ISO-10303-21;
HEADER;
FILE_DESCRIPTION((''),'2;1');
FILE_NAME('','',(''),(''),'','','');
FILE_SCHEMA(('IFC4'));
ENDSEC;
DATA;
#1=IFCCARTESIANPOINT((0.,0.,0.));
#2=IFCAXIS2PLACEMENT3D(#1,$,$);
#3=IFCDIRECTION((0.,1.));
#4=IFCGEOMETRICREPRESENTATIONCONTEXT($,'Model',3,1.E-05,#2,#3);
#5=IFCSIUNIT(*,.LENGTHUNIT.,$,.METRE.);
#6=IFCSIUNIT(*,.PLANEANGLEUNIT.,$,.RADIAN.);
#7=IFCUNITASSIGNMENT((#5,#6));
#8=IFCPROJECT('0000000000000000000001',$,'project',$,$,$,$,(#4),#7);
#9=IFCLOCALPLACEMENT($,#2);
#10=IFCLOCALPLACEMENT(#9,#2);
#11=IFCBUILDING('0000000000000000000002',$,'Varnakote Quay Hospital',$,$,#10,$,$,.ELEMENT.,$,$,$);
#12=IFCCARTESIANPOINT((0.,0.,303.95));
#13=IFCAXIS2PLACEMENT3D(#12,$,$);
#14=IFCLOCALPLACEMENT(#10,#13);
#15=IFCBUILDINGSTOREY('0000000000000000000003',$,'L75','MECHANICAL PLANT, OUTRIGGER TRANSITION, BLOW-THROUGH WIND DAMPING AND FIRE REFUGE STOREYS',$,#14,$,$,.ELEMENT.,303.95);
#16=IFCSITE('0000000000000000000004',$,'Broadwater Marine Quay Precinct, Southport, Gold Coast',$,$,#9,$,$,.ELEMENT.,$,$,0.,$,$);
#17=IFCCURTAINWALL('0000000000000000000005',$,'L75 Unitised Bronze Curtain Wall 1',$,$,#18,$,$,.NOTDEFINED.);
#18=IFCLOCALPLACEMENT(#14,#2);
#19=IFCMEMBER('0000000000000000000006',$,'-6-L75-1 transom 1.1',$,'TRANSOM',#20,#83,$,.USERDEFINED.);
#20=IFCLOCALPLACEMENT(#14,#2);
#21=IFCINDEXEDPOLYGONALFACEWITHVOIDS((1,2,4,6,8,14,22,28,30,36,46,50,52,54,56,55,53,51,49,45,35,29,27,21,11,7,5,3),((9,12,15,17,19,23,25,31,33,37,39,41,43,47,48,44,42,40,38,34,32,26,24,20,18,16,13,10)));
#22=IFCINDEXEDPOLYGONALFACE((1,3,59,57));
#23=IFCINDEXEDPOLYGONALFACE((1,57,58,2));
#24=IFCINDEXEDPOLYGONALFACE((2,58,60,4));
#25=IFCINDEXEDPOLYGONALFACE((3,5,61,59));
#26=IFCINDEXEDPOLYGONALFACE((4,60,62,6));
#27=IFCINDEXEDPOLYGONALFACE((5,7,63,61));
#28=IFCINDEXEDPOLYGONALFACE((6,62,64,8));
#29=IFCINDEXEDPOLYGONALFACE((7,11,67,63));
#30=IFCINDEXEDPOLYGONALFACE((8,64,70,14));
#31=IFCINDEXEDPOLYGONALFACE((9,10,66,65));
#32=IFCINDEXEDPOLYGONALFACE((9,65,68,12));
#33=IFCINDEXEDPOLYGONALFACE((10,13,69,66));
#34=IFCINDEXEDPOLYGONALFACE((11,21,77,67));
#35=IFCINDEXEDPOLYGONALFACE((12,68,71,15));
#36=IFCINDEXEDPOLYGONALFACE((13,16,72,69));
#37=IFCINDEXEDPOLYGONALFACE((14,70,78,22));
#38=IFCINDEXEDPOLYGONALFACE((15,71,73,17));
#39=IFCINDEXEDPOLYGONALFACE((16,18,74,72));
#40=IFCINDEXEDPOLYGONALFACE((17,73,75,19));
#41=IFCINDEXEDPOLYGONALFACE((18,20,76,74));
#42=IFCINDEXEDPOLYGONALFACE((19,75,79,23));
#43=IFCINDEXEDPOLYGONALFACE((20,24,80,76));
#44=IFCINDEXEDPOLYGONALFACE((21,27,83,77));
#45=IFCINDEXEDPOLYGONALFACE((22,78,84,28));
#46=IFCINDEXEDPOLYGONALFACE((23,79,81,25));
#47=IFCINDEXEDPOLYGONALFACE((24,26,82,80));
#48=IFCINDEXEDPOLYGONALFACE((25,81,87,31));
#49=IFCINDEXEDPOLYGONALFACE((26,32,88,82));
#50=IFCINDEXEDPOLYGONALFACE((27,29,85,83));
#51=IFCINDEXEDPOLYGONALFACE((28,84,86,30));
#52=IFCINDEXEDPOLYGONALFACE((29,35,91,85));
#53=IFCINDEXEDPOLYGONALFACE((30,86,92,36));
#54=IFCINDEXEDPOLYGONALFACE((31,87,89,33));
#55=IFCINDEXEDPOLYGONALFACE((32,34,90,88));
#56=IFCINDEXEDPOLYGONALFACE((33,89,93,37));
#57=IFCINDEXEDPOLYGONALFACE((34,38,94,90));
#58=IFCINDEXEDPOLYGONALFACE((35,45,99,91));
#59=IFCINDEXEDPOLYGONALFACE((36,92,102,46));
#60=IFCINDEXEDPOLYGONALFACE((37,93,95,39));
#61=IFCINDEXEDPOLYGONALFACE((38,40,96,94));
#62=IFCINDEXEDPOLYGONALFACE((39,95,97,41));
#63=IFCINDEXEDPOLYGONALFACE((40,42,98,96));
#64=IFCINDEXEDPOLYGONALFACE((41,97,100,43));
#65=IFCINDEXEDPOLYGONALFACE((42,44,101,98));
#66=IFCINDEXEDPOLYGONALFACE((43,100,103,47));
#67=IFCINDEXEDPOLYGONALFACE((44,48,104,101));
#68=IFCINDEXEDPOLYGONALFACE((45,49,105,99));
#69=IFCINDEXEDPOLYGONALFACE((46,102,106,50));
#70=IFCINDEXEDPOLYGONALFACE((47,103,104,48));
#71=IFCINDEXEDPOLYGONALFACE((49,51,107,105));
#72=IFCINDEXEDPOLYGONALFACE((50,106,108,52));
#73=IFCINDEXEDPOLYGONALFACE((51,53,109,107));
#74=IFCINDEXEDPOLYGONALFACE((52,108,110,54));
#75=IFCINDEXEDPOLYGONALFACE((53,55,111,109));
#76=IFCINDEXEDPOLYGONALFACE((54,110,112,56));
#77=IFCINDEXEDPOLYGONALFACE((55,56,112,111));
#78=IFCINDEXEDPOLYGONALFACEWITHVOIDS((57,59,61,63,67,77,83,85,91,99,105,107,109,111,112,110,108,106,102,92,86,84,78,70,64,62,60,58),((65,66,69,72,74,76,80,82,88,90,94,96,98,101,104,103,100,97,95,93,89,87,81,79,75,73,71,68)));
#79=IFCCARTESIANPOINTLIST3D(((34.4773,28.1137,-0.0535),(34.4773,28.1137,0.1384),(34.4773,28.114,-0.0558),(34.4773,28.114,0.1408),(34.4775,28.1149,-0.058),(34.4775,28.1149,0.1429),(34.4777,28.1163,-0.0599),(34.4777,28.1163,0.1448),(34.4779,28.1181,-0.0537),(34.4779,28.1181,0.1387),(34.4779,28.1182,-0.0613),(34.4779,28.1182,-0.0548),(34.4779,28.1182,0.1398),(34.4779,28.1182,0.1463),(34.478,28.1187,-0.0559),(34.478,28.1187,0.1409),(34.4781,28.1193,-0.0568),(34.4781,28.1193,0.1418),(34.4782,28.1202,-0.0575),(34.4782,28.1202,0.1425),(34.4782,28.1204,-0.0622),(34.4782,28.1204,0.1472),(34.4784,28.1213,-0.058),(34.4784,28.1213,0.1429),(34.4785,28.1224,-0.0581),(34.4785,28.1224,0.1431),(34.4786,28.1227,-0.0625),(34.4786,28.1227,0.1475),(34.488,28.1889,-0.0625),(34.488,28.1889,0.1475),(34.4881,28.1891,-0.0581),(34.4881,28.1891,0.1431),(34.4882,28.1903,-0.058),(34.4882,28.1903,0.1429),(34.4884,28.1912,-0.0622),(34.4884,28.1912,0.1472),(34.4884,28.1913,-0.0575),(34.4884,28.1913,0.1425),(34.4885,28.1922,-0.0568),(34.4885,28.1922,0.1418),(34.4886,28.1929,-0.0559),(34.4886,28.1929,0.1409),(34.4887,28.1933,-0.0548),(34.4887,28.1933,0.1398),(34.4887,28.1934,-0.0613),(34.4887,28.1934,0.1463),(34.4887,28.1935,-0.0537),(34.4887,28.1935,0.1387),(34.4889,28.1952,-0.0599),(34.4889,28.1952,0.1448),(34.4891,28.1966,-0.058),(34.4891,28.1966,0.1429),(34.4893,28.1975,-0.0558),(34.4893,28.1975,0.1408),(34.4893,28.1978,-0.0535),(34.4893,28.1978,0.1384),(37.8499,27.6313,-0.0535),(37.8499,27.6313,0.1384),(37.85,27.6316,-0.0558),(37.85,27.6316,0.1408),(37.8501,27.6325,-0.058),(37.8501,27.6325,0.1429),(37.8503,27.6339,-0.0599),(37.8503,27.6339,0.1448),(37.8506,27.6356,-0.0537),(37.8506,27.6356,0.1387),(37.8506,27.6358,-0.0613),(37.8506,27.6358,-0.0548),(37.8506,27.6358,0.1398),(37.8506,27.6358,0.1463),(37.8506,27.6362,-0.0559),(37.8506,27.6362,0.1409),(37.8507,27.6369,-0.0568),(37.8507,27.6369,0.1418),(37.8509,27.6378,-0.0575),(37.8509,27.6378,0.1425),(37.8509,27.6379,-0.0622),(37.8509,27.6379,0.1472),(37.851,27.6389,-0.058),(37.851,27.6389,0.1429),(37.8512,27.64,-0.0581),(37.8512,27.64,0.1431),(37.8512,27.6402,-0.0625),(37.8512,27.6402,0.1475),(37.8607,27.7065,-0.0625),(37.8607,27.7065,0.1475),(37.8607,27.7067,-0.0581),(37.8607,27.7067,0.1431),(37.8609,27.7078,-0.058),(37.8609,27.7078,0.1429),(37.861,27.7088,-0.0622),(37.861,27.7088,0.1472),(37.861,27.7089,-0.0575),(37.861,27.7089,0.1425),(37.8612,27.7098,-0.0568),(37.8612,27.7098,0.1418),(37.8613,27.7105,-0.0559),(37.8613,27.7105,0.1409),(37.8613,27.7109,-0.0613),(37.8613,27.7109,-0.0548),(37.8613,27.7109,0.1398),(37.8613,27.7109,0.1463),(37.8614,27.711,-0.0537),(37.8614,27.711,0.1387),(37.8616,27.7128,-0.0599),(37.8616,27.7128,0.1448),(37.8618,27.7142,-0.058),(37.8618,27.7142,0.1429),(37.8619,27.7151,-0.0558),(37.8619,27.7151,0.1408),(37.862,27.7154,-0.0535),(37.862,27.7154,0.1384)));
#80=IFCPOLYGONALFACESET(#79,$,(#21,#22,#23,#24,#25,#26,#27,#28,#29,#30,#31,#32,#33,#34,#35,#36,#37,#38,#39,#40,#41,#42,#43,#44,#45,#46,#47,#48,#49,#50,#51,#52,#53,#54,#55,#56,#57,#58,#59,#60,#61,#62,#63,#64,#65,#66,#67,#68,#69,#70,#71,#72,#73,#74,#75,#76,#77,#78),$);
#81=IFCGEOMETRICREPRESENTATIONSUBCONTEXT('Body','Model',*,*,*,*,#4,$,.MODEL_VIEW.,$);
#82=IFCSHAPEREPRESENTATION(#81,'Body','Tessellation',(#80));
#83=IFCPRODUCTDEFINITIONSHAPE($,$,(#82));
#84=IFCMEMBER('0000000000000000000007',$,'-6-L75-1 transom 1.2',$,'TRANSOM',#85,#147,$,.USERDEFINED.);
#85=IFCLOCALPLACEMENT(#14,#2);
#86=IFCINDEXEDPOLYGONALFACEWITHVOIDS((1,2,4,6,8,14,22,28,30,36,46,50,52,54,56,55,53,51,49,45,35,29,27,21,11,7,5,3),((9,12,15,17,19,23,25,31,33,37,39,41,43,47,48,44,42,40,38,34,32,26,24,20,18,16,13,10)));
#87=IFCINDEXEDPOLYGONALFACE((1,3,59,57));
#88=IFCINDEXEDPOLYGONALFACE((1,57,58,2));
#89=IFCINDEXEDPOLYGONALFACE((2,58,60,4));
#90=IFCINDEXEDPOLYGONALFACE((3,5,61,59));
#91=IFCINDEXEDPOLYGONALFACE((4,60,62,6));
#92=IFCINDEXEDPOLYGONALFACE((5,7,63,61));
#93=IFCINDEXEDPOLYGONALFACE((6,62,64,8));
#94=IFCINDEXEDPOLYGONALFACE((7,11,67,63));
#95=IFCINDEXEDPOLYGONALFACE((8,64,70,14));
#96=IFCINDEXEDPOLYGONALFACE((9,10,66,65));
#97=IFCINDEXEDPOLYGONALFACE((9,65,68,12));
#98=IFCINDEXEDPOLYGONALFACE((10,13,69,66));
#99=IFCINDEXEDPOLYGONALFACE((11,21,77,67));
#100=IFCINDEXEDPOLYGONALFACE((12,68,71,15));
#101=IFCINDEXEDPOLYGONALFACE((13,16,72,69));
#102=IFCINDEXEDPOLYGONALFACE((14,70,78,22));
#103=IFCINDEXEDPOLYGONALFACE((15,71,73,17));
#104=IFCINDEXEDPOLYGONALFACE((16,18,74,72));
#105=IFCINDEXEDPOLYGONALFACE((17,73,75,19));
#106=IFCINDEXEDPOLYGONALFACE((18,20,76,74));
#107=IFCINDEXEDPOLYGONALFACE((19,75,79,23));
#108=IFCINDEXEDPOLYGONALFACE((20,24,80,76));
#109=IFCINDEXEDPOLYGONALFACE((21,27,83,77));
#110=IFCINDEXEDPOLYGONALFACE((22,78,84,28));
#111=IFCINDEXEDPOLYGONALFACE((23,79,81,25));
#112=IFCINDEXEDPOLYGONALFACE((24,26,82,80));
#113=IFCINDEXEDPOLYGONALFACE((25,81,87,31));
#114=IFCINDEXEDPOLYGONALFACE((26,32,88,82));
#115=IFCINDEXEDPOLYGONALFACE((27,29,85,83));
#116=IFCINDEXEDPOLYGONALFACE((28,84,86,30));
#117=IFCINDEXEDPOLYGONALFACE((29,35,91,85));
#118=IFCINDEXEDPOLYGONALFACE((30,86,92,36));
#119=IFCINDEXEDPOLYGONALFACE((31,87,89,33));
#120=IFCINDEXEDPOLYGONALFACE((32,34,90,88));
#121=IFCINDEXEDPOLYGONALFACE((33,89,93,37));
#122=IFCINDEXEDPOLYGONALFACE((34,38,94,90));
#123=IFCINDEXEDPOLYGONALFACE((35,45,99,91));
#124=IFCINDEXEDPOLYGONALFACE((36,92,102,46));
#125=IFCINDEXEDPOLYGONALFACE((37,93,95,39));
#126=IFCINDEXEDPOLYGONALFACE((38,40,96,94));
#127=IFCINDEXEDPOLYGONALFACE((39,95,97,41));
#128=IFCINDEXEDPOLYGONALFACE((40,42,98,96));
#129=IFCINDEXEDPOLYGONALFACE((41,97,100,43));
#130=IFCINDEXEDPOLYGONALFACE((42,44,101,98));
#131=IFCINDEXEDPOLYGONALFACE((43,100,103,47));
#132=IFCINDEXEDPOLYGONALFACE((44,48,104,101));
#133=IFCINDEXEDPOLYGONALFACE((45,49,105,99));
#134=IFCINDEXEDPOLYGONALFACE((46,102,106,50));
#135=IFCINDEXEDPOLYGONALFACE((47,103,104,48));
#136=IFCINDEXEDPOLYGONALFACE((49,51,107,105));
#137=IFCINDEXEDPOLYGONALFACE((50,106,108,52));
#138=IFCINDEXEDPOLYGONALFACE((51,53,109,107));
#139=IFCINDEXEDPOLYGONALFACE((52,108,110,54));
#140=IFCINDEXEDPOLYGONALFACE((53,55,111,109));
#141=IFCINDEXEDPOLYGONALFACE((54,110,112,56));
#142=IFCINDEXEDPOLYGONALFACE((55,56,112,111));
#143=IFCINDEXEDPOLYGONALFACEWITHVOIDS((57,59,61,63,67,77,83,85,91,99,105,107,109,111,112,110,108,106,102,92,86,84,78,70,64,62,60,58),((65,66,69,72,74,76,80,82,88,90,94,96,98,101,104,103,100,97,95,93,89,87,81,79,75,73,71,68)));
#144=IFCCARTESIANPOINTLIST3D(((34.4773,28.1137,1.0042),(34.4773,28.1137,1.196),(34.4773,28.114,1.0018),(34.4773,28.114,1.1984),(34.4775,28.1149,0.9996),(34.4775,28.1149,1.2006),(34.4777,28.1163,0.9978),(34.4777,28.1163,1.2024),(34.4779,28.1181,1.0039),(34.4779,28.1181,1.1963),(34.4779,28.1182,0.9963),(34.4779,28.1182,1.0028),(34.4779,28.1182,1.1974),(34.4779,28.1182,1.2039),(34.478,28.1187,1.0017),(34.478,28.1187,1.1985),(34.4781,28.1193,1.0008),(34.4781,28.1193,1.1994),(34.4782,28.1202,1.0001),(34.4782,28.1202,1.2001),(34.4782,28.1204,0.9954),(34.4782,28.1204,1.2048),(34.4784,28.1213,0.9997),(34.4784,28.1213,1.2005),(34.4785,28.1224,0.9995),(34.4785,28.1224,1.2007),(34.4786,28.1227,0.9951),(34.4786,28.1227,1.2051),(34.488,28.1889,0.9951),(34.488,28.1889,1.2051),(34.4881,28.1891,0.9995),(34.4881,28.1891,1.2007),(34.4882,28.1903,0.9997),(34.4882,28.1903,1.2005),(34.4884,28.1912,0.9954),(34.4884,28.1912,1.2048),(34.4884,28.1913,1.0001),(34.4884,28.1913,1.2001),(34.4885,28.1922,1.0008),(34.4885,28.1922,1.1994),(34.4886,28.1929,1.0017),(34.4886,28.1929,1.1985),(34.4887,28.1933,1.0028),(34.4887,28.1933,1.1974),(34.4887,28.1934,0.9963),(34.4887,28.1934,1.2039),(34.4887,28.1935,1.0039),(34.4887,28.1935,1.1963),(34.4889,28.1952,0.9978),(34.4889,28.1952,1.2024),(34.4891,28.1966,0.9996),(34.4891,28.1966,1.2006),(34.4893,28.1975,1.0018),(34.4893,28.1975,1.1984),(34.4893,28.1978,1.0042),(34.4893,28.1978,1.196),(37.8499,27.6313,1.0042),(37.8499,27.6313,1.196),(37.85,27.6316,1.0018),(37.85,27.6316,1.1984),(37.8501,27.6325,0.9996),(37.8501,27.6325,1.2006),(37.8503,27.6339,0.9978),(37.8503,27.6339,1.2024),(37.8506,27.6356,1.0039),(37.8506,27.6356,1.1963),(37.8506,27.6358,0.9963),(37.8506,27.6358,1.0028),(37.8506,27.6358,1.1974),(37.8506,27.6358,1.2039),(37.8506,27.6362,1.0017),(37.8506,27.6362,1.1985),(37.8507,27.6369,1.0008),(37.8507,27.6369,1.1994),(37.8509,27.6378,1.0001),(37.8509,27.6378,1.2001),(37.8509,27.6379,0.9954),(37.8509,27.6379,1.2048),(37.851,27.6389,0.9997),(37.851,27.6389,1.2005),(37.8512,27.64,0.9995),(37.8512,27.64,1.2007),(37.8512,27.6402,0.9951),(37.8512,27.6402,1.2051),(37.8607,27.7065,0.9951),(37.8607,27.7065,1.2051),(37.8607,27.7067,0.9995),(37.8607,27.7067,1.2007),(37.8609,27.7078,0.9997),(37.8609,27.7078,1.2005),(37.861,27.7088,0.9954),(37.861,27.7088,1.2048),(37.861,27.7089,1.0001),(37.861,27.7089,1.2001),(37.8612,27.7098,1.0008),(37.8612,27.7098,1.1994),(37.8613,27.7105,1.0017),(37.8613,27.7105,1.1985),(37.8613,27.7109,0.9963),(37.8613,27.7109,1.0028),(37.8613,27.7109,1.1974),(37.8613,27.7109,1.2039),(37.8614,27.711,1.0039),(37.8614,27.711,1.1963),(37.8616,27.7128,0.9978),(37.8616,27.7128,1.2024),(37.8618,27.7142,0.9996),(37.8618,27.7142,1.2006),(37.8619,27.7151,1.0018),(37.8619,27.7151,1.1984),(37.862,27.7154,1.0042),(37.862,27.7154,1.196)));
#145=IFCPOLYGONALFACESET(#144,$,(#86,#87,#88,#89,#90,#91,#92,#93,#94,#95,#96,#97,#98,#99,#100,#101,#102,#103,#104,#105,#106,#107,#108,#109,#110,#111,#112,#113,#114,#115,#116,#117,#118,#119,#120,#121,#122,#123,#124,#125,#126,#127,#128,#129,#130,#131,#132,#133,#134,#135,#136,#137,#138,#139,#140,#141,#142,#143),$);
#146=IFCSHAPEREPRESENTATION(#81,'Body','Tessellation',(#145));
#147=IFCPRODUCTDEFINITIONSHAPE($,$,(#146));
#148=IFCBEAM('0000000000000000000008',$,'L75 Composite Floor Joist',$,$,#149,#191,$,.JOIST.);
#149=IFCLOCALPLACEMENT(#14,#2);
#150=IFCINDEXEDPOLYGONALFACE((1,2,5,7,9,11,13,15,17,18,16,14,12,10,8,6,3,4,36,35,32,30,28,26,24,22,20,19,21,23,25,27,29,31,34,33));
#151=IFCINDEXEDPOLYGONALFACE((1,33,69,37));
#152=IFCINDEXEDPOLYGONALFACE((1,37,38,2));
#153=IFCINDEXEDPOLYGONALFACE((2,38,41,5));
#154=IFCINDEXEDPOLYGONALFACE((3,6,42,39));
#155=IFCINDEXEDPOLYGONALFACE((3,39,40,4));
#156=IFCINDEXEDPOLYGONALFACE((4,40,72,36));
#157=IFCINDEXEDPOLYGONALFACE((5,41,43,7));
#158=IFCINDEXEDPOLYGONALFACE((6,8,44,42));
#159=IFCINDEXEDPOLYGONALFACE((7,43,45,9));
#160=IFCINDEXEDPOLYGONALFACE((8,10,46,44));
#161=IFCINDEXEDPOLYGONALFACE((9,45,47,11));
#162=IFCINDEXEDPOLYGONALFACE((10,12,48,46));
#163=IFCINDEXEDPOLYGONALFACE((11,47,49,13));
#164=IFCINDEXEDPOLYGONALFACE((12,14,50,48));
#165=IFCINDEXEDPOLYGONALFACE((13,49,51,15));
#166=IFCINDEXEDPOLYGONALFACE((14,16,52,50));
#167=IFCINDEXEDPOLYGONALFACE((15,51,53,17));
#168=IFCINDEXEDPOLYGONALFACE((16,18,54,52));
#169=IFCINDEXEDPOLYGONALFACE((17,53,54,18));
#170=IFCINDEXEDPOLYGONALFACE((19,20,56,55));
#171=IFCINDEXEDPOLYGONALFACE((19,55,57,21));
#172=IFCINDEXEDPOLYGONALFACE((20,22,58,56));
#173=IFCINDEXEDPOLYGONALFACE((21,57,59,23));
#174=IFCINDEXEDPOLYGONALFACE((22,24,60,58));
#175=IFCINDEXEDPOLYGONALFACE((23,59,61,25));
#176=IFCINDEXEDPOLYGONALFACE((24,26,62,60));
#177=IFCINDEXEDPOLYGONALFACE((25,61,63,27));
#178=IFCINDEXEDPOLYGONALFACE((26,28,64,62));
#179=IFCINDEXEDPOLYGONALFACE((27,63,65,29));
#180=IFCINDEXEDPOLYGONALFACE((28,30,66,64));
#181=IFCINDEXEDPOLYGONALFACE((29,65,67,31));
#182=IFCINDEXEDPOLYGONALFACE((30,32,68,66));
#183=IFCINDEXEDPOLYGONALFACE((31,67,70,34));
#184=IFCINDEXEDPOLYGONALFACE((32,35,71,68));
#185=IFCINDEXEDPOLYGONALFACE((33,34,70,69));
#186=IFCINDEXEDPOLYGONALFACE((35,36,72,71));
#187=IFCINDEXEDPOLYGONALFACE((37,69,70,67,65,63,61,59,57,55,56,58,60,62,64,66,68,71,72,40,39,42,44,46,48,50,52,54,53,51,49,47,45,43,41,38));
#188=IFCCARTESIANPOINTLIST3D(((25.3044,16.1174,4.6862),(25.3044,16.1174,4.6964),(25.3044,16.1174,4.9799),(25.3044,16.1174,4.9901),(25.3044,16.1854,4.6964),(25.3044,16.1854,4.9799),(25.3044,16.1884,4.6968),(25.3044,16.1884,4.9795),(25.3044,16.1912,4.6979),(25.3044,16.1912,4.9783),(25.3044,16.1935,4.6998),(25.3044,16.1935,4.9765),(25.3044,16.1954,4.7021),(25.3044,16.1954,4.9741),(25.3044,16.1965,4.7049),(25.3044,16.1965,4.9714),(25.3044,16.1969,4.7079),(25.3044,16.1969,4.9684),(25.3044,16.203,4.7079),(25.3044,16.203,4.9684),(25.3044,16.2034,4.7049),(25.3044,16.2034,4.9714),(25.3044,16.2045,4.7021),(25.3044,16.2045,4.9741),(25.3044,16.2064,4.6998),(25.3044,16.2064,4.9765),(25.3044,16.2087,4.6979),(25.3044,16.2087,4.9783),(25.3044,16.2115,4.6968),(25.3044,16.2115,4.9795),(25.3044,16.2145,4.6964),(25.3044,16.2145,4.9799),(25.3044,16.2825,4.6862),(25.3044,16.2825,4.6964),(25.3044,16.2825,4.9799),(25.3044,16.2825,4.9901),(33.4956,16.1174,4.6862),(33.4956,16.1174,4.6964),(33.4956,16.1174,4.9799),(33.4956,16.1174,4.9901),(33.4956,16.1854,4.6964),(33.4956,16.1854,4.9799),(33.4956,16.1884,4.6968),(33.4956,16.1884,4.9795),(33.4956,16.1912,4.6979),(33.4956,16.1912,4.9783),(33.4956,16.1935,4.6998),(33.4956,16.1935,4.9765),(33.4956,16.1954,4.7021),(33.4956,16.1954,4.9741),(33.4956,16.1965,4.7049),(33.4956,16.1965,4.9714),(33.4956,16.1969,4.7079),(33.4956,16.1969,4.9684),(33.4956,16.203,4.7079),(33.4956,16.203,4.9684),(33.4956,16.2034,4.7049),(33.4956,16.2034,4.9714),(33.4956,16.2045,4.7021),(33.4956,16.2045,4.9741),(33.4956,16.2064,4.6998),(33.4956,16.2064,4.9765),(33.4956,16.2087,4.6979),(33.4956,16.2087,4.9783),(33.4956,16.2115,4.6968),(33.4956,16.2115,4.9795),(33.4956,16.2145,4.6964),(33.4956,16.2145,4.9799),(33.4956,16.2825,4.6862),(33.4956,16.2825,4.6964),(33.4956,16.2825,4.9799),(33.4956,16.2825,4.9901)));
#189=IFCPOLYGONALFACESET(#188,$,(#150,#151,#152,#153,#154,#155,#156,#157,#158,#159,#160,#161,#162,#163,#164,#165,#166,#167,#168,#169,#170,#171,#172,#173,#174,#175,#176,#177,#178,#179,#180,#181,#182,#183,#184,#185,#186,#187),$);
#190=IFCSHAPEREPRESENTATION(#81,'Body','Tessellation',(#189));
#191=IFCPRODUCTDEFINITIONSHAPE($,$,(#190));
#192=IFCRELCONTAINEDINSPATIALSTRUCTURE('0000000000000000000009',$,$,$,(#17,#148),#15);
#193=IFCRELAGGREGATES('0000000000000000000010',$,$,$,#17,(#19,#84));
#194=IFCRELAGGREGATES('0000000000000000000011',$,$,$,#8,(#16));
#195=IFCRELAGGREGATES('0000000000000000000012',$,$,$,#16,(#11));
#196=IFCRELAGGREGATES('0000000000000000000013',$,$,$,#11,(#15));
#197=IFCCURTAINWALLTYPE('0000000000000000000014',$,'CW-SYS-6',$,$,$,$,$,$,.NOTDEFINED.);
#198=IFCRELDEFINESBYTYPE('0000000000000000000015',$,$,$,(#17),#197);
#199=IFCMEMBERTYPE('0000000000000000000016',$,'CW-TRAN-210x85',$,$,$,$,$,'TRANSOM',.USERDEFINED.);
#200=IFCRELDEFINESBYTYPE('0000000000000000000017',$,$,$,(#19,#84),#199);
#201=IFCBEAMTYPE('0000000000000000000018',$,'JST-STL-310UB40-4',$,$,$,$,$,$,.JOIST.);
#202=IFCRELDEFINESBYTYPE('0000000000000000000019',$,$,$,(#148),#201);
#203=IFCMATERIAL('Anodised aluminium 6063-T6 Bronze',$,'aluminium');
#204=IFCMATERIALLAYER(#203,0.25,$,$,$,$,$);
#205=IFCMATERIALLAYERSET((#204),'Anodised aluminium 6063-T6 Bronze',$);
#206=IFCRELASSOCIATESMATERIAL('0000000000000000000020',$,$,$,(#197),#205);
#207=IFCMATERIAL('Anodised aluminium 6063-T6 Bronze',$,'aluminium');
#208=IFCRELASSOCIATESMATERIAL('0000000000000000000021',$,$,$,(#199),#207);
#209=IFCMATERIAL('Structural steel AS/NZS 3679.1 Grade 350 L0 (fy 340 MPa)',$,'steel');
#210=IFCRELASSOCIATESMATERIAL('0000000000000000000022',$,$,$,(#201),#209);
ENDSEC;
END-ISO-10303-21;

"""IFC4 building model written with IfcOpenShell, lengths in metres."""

from ifc_helpers import new_model, si_unit, direction, frame, origin, origin_2d, place, context, subcontext, project, spatial, hollow_rectangle, i_section, extrude, material, layer, layer_set, material_profile, profile_set, type_object, element, aggregate, save


model = new_model("IFC4")

# Units and contexts
model_context = context("Model", 3, precision=1e-05, world=origin(), true_north=direction((0.0, 1.0)))
body_context = subcontext(model_context, "Body", "Model", "MODEL_VIEW")
ifc_project = project(units=[si_unit("LENGTHUNIT", "METRE"), si_unit("PLANEANGLEUNIT", "RADIAN")], contexts=[model_context])

# Site, building, storey
site_placement = place(None, origin())
site = spatial("IfcSite", under=ifc_project, at=site_placement, Name="Broadwater Marine Quay Precinct, Southport, Gold Coast", CompositionType="ELEMENT", RefElevation=0.0)
building_placement = place(site_placement, origin())
building = spatial("IfcBuilding", under=site, at=building_placement, Name="Varnakote Quay Hospital", CompositionType="ELEMENT")
storey_placement = place(building_placement, frame((0.0, 0.0, 303.95)))
storey = spatial("IfcBuildingStorey", under=building, at=storey_placement, Name="L75", Description="MECHANICAL PLANT, OUTRIGGER TRANSITION, BLOW-THROUGH WIND DAMPING AND FIRE REFUGE STOREYS", CompositionType="ELEMENT", Elevation=303.95)

# Curtain wall, members
ifc_material_1 = material(Name="Anodised aluminium 6063-T6 Bronze", Category="aluminium")
ifc_layer_1 = layer(ifc_material_1, 0.25)
ifc_layer_set_1 = layer_set([ifc_layer_1], Name="Anodised aluminium 6063-T6 Bronze")
curtain_wall_type = type_object("IfcCurtainWallType", Name="CW-SYS-6", PredefinedType="NOTDEFINED", material=ifc_layer_set_1)
curtain_wall_placement = place(storey_placement, origin())
curtain_wall = element("IfcCurtainWall", 1, at=curtain_wall_placement, inside=storey, type_object=curtain_wall_type, Name="L75 Unitised Bronze Curtain Wall 1", PredefinedType="NOTDEFINED")
ifc_material_2 = material(Name="Anodised aluminium 6063-T6 Bronze", Category="aluminium")
ifc_material_profile_1 = material_profile(ifc_material_2, hollow_rectangle(XDim=0.085, YDim=0.21, WallThickness=0.0044, InnerFilletRadius=0.0044, OuterFilletRadius=0.009, at=origin_2d()), Name="CW-TRAN-210x85")
ifc_profile_set_1 = profile_set([ifc_material_profile_1], Name="Anodised aluminium 6063-T6 Bronze")
member_type_1 = type_object("IfcMemberType", Name="CW-TRAN-210x85", ElementType="TRANSOM", PredefinedType="USERDEFINED", material=ifc_profile_set_1)
member_1_placement = place(storey_placement, frame((37.856, 27.6733, 0.0425), z_axis=(-0.989924, 0.141602, 0.0), x_axis=(-0.141602, -0.989924, 0.0)))
member_1 = element("IfcMember", 2, at=member_1_placement, type_object=member_type_1, Name="-6-L75-1 transom 1.1", ObjectType="TRANSOM", PredefinedType="USERDEFINED", context=body_context, shape_type="SweptSolid", body=[
    extrude(hollow_rectangle(XDim=0.085, YDim=0.21, WallThickness=0.0044, InnerFilletRadius=0.0044, OuterFilletRadius=0.009, at=origin_2d()), origin(), (0.0, 0.0, 1.0), 3.407),
])
member_2_placement = place(storey_placement, frame((37.856, 27.6733, 1.1001), z_axis=(-0.989924, 0.141602, 0.0), x_axis=(-0.141602, -0.989924, 0.0)))
member_2 = element("IfcMember", 3, at=member_2_placement, type_object=member_type_1, Name="-6-L75-1 transom 1.2", ObjectType="TRANSOM", PredefinedType="USERDEFINED", context=body_context, shape_type="SweptSolid", body=[
    extrude(hollow_rectangle(XDim=0.085, YDim=0.21, WallThickness=0.0044, InnerFilletRadius=0.0044, OuterFilletRadius=0.009, at=origin_2d()), origin(), (0.0, 0.0, 1.0), 3.407),
])
aggregate(curtain_wall, [member_1, member_2])

# Beam
ifc_material_3 = material(Name="Structural steel AS/NZS 3679.1 Grade 350 L0 (fy 340 MPa)", Category="steel")
ifc_material_profile_2 = material_profile(ifc_material_3, i_section(OverallWidth=0.165, OverallDepth=0.304, WebThickness=0.0061, FlangeThickness=0.0103, FilletRadius=0.0115, at=origin_2d()), Name="310UB40.4")
ifc_profile_set_2 = profile_set([ifc_material_profile_2], Name="Structural steel AS/NZS 3679.1 Grade 350 L0 (fy 340 MPa)")
beam_type_1 = type_object("IfcBeamType", Name="JST-STL-310UB40-4", PredefinedType="JOIST", material=ifc_profile_set_2)
beam_1_placement = place(storey_placement, frame((25.3044, 16.2, 4.8381), z_axis=(1.0, 0.0, 0.0), x_axis=(0.0, 1.0, 0.0)))
element("IfcBeam", 4, at=beam_1_placement, inside=storey, type_object=beam_type_1, Name="L75 Composite Floor Joist", PredefinedType="JOIST", context=body_context, shape_type="SweptSolid", body=[
    extrude(i_section(OverallWidth=0.165, OverallDepth=0.304, WebThickness=0.0061, FlangeThickness=0.0103, FilletRadius=0.0115, at=origin_2d()), origin(), (0.0, 0.0, 1.0), 8.1912),
])

save(model, "model.ifc")
